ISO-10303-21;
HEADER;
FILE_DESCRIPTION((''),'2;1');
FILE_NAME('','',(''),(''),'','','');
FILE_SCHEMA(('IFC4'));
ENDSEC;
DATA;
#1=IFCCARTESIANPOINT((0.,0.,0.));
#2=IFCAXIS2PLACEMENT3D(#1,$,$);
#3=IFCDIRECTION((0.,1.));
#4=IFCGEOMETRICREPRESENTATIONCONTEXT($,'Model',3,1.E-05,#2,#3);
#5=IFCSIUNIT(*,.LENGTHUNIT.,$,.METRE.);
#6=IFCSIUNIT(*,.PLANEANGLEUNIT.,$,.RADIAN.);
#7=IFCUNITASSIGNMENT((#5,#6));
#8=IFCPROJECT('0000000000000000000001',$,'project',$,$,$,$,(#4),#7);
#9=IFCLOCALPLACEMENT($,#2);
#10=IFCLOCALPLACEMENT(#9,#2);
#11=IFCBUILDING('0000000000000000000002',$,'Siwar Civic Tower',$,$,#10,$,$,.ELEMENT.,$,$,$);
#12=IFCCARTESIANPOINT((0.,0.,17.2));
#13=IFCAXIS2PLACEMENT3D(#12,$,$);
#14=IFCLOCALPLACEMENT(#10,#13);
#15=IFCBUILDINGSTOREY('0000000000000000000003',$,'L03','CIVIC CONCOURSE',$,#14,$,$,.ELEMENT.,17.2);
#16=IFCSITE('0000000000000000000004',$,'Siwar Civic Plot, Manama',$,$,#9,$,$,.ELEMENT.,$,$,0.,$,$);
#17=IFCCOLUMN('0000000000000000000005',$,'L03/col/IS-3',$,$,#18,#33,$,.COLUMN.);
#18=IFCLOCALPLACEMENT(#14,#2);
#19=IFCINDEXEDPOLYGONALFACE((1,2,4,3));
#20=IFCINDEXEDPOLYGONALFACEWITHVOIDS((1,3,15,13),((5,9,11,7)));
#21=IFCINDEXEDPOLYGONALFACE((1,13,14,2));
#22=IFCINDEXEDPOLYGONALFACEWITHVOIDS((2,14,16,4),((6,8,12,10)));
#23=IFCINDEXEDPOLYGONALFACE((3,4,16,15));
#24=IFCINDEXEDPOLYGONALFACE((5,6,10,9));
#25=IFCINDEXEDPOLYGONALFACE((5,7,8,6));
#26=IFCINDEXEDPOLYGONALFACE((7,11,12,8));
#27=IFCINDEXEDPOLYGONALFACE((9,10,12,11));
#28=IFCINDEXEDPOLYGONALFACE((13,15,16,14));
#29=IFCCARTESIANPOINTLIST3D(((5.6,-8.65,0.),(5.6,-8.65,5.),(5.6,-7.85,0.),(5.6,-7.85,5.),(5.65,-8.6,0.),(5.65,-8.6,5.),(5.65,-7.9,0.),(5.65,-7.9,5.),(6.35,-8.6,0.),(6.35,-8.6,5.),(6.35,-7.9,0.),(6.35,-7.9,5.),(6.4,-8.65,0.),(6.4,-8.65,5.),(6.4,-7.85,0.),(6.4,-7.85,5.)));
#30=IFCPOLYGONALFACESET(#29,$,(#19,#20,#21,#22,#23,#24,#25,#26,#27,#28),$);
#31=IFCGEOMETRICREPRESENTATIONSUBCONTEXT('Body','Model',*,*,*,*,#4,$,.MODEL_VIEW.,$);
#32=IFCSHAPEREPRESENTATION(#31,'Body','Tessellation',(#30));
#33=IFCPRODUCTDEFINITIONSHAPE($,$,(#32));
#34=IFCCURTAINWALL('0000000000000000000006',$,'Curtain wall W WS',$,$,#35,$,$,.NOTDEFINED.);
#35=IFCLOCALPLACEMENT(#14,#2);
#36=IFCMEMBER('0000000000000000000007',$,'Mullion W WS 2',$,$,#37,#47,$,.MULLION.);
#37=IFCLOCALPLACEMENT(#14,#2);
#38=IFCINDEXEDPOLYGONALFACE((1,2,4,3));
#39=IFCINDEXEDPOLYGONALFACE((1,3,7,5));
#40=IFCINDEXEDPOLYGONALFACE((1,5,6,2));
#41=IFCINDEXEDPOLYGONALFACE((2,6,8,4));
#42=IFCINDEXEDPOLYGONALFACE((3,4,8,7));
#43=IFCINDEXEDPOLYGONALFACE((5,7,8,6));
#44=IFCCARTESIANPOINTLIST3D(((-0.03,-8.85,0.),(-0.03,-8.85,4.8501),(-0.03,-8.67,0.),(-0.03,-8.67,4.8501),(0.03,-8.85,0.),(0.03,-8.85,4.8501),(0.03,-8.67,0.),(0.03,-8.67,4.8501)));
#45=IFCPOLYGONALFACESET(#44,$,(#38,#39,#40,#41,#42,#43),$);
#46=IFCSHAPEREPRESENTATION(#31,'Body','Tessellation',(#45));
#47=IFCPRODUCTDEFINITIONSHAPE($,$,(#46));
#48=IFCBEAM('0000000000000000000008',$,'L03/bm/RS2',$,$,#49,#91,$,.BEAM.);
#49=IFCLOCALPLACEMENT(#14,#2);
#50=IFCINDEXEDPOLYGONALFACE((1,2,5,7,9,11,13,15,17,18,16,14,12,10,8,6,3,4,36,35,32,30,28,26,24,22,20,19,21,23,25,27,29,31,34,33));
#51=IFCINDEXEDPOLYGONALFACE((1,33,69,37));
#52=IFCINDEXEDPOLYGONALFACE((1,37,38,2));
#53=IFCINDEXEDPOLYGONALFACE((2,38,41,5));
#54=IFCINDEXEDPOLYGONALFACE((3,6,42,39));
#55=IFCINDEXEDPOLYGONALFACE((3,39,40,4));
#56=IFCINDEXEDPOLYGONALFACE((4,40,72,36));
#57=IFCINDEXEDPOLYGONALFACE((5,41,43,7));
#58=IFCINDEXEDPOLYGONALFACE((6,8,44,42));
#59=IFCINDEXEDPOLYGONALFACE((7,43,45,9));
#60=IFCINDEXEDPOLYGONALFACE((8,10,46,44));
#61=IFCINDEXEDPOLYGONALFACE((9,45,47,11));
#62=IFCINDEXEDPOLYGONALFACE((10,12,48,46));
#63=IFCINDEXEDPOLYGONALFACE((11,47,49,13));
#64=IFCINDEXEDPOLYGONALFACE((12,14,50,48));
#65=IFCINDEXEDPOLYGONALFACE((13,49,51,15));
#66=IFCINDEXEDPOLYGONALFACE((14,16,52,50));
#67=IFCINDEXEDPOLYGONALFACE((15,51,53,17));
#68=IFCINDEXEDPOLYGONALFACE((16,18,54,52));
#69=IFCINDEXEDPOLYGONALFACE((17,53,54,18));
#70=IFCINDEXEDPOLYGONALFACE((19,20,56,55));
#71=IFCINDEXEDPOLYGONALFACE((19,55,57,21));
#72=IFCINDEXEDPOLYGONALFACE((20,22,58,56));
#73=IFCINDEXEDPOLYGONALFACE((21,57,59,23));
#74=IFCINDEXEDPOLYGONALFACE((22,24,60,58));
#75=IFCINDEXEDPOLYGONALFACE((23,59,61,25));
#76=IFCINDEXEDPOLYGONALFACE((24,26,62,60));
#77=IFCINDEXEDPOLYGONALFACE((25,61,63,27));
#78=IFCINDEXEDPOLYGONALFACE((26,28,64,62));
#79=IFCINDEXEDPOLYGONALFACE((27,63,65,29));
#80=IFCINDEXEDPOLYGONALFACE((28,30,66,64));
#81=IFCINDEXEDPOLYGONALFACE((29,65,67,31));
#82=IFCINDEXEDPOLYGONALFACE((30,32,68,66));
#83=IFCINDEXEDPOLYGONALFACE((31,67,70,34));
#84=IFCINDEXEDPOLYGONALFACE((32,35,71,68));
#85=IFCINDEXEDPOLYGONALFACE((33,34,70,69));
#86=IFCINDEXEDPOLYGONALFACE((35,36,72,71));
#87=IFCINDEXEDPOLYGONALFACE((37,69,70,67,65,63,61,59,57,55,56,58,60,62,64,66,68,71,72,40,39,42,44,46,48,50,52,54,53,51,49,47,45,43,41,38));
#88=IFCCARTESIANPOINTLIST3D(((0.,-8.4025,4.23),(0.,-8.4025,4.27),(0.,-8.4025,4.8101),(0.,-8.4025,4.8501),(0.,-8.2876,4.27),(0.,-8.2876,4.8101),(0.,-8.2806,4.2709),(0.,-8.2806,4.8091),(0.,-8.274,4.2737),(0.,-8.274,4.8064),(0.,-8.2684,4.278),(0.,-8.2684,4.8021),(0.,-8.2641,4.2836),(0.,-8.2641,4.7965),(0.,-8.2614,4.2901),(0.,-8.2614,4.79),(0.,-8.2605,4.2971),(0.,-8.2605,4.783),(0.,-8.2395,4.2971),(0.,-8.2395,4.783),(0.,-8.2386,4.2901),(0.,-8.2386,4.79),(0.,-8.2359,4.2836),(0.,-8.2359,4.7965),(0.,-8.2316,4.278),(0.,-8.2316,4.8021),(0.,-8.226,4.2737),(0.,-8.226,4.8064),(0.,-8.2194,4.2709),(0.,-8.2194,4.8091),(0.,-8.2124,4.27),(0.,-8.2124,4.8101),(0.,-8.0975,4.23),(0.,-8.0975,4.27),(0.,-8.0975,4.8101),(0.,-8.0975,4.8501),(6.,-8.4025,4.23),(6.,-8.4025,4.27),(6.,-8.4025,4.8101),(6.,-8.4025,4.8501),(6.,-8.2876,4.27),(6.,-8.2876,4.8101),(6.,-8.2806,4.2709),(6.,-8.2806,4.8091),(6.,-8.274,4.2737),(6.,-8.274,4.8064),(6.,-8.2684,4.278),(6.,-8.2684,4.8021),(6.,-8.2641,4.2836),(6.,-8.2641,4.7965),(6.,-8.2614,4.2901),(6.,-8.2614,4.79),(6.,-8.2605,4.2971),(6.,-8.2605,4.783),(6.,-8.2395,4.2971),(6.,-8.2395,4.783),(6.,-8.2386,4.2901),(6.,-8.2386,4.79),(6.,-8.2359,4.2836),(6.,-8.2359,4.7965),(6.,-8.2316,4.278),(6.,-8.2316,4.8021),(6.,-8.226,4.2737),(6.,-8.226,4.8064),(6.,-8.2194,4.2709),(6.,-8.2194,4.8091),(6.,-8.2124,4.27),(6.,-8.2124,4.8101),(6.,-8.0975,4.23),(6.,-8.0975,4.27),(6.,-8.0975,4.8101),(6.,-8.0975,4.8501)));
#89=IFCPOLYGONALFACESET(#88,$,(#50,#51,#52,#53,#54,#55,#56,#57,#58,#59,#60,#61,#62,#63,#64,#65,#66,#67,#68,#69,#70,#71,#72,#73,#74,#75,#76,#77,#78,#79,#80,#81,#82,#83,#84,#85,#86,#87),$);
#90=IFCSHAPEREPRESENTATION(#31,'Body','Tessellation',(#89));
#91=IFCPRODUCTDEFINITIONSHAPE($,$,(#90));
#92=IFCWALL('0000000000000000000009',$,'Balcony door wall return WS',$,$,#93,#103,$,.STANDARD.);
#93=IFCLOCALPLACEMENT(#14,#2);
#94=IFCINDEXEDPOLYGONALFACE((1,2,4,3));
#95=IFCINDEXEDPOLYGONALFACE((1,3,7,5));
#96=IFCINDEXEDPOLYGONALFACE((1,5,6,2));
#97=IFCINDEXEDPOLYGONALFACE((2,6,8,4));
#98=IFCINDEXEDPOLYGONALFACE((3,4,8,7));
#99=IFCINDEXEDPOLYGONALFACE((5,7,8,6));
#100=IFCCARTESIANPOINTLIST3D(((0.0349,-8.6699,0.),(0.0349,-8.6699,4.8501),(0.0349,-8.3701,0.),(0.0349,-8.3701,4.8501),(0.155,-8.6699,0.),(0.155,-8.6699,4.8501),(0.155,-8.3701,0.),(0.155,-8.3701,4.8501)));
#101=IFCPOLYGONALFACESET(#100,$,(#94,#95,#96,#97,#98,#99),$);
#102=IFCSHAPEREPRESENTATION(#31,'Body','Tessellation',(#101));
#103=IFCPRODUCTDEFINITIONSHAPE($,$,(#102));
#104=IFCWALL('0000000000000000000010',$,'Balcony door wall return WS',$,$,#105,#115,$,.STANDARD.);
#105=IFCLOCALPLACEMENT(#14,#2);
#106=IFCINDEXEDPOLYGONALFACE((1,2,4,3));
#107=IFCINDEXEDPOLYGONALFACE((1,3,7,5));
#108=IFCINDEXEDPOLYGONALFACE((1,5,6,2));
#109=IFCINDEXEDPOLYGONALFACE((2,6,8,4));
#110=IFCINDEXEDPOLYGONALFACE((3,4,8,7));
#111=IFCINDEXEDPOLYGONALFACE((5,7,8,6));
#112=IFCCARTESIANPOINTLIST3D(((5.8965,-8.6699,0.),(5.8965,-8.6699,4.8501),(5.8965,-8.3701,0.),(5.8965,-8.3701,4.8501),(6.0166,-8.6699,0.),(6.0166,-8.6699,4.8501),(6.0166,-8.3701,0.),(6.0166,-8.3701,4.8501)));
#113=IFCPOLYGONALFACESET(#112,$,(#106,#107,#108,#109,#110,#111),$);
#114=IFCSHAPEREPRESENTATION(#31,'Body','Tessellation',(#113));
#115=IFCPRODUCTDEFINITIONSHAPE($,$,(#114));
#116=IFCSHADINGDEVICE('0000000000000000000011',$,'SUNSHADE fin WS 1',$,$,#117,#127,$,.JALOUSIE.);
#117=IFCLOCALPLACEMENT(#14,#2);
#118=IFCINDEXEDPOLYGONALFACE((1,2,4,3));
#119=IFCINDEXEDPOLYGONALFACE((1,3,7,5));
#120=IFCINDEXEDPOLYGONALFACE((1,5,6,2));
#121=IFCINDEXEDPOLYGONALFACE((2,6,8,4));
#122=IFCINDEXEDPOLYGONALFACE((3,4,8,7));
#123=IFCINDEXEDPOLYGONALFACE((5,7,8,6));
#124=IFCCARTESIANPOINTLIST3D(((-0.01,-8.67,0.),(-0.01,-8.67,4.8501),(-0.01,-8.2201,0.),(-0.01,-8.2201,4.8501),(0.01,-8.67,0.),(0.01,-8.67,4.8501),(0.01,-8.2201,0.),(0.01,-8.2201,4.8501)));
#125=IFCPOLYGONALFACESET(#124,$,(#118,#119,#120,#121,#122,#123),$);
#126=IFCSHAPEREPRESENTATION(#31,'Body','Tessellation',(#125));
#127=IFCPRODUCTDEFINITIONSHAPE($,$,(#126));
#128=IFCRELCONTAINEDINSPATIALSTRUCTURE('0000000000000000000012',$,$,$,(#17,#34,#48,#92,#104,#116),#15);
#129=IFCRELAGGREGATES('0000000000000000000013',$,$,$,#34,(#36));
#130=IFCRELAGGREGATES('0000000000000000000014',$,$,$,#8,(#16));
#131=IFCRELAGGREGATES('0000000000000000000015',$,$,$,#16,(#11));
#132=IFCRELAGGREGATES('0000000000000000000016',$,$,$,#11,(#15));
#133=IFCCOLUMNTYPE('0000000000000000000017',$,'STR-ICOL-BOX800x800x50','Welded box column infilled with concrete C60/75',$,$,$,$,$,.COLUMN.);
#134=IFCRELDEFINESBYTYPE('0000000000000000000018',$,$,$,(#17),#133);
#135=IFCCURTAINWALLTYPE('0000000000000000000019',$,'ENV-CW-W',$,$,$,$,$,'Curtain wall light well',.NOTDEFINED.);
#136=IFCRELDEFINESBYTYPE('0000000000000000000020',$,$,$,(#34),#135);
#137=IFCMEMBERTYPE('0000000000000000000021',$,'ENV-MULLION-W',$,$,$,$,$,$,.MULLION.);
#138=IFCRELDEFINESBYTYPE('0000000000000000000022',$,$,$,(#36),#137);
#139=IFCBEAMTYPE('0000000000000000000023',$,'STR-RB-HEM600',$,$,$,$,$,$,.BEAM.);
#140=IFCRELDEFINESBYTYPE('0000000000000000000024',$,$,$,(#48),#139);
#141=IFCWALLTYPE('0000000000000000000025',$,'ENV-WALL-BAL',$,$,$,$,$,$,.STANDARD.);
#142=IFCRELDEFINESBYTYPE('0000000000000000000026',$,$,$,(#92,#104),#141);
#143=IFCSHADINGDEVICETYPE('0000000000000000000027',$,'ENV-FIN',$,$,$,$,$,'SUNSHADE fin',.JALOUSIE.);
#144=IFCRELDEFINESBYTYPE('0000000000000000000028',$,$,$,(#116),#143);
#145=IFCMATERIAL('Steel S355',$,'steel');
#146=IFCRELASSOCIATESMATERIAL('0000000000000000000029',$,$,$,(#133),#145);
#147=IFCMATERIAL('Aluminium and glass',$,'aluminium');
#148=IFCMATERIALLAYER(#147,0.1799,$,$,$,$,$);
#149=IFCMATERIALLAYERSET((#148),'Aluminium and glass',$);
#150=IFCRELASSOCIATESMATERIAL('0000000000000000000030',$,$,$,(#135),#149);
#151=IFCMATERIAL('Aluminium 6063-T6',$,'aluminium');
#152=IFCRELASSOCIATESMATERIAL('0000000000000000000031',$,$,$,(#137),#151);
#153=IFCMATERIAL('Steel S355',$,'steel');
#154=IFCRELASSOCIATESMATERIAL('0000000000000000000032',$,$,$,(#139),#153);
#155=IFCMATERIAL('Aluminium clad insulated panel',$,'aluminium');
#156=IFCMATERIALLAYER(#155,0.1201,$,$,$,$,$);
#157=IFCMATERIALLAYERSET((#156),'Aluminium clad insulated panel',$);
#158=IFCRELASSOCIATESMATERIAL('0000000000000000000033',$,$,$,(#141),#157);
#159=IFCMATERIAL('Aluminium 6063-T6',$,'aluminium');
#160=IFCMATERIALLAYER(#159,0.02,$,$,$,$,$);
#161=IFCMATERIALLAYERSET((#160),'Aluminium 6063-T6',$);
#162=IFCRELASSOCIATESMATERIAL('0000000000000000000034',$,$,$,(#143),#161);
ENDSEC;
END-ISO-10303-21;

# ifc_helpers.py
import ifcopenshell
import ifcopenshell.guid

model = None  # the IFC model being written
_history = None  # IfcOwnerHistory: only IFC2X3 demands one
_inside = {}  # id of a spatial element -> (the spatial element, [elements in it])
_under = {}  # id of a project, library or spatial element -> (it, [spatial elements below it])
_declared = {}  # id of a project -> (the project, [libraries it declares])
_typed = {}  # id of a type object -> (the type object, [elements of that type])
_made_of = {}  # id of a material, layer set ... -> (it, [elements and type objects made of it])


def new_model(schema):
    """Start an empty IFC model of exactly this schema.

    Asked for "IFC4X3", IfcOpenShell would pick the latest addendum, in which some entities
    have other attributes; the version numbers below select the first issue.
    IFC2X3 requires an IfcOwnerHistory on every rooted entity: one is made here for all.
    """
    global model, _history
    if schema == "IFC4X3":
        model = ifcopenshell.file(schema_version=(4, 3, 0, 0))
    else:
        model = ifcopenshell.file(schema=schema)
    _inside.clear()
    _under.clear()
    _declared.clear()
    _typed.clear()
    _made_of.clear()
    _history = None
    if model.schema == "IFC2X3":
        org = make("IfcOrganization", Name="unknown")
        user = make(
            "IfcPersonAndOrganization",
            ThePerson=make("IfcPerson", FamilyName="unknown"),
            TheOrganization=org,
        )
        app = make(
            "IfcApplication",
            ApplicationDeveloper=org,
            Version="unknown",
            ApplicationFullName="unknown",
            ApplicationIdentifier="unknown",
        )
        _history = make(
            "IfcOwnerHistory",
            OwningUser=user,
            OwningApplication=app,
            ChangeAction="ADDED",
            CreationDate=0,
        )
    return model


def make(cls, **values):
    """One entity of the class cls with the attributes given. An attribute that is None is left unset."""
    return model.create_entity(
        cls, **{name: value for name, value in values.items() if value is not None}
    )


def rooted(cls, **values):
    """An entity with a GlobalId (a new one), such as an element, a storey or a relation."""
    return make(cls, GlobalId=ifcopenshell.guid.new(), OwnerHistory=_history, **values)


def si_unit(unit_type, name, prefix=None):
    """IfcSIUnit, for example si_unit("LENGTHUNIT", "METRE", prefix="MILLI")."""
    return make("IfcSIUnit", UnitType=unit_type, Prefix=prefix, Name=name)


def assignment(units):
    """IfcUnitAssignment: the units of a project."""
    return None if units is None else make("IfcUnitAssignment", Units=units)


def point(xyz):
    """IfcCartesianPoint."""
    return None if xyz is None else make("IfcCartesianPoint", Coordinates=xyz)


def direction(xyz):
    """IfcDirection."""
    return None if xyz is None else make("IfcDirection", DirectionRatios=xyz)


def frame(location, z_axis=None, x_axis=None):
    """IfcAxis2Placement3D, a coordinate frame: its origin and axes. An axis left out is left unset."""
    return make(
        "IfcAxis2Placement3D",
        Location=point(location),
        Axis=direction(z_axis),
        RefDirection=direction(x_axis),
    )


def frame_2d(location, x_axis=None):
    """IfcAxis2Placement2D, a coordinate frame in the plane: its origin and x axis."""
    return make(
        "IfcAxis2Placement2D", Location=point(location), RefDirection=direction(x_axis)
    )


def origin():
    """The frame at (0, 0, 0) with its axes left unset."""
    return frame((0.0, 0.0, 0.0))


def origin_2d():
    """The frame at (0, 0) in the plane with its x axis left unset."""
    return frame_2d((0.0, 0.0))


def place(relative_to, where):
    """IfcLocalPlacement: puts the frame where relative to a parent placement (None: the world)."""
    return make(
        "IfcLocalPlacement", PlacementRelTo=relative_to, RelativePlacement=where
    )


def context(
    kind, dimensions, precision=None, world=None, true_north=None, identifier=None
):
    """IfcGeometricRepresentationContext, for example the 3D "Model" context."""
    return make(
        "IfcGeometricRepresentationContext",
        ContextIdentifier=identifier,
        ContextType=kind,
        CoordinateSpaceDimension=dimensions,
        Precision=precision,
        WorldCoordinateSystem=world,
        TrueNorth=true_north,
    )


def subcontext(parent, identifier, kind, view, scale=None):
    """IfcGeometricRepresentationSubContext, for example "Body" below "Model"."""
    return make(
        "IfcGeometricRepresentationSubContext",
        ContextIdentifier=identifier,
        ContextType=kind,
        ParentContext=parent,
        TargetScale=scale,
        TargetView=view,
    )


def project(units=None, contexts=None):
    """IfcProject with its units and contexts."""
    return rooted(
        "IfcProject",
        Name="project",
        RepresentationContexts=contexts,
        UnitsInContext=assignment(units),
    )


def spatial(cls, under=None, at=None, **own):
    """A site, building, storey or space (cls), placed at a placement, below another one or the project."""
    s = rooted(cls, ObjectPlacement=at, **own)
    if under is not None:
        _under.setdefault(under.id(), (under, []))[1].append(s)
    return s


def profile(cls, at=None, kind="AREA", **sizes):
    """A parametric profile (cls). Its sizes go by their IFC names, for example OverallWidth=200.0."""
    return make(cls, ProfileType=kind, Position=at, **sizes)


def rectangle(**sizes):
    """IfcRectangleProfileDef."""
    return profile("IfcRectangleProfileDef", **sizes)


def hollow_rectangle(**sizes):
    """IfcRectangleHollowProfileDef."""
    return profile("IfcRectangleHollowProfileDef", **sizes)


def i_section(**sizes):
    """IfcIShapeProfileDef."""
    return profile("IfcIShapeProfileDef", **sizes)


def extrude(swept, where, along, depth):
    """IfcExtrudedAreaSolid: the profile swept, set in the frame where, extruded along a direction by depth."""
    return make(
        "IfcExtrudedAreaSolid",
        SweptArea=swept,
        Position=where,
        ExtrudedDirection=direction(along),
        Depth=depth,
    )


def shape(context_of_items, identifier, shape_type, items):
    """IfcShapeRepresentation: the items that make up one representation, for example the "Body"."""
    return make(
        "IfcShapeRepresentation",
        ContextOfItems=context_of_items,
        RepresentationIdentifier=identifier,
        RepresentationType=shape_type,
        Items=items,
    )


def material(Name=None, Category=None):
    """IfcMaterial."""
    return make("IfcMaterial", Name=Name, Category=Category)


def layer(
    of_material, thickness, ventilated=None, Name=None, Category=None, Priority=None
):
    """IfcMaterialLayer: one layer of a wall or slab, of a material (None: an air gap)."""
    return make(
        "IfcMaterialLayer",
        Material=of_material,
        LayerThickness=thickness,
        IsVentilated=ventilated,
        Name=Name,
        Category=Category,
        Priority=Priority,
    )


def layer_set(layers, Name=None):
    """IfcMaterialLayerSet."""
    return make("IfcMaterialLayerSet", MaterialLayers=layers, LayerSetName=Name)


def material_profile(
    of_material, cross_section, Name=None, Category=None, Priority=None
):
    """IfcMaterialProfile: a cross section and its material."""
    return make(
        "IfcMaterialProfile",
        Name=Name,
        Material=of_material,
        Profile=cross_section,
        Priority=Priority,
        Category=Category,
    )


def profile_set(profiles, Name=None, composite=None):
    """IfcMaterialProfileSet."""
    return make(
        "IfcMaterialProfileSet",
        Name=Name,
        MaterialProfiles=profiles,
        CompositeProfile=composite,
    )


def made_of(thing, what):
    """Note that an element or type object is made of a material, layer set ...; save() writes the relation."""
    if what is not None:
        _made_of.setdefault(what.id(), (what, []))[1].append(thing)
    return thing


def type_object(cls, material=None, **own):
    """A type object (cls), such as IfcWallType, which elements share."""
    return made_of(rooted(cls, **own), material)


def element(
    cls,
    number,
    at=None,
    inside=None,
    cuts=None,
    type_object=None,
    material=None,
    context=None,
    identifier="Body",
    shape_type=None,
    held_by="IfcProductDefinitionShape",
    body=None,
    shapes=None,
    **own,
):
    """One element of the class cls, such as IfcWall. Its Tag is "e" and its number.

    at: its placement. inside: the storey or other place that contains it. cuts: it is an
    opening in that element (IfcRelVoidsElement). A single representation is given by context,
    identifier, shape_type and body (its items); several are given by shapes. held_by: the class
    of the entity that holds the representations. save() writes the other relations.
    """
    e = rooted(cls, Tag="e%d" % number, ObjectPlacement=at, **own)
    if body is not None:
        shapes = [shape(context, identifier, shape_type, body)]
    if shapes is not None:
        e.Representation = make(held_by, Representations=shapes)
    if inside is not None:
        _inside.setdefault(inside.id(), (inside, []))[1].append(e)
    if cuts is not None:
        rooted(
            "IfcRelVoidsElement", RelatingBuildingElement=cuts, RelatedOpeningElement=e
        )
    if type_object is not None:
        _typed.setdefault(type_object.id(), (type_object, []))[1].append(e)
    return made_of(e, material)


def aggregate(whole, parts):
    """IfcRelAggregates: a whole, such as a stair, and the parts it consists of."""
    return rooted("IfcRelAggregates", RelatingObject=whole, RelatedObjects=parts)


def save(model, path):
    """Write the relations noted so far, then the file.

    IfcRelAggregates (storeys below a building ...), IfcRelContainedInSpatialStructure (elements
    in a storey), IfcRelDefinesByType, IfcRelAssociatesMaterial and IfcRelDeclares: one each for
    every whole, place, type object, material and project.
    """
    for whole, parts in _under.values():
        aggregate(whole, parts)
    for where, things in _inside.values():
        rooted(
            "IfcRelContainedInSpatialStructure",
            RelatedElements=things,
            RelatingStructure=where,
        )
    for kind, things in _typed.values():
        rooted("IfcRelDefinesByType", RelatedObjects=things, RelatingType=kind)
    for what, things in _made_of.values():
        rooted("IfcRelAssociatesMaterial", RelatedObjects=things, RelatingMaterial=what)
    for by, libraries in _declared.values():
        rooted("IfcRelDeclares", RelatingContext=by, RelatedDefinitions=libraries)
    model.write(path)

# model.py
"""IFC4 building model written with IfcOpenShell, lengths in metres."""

from ifc_helpers import new_model, si_unit, direction, frame, frame_2d, origin, origin_2d, place, context, subcontext, project, spatial, rectangle, hollow_rectangle, i_section, extrude, material, layer, layer_set, material_profile, profile_set, type_object, element, aggregate, save


model = new_model("IFC4")

# Units and contexts
model_context = context("Model", 3, precision=1e-05, world=origin(), true_north=direction((0.0, 1.0)))
body_context = subcontext(model_context, "Body", "Model", "MODEL_VIEW")
ifc_project = project(units=[si_unit("LENGTHUNIT", "METRE"), si_unit("PLANEANGLEUNIT", "RADIAN")], contexts=[model_context])

# Site, building, storey
site_placement = place(None, origin())
site = spatial("IfcSite", under=ifc_project, at=site_placement, Name="Siwar Civic Plot, Manama", CompositionType="ELEMENT", RefElevation=0.0)
building_placement = place(site_placement, origin())
building = spatial("IfcBuilding", under=site, at=building_placement, Name="Siwar Civic Tower", CompositionType="ELEMENT")
storey_placement = place(building_placement, frame((0.0, 0.0, 17.2)))
storey = spatial("IfcBuildingStorey", under=building, at=storey_placement, Name="L03", Description="CIVIC CONCOURSE", CompositionType="ELEMENT", Elevation=17.2)

# Column
ifc_material_1 = material(Name="Steel S355", Category="steel")
ifc_material_profile_1 = material_profile(ifc_material_1, hollow_rectangle(XDim=0.8, YDim=0.8, WallThickness=0.05, at=origin_2d()), Name="BOX800x800x50")
ifc_profile_set_1 = profile_set([ifc_material_profile_1], Name="Steel S355")
column_type = type_object("IfcColumnType", Name="STR-ICOL-BOX800x800x50", Description="Welded box column infilled with concrete C60/75", PredefinedType="COLUMN", material=ifc_profile_set_1)
column_placement = place(storey_placement, frame((6.0, -8.25, 0.0), z_axis=(0.0, 0.0, 1.0), x_axis=(1.0, 0.0, 0.0)))
element("IfcColumn", 1, at=column_placement, inside=storey, type_object=column_type, Name="L03/col/IS-3", PredefinedType="COLUMN", context=body_context, shape_type="SweptSolid", body=[
    extrude(hollow_rectangle(XDim=0.8, YDim=0.8, WallThickness=0.05, at=origin_2d()), origin(), (0.0, 0.0, 1.0), 5.0),
])

# Curtain wall, member
ifc_material_2 = material(Name="Aluminium and glass", Category="aluminium")
ifc_layer_1 = layer(ifc_material_2, 0.1799)
ifc_layer_set_1 = layer_set([ifc_layer_1], Name="Aluminium and glass")
curtain_wall_type = type_object("IfcCurtainWallType", Name="ENV-CW-W", ElementType="Curtain wall light well", PredefinedType="NOTDEFINED", material=ifc_layer_set_1)
curtain_wall_placement = place(storey_placement, origin())
curtain_wall = element("IfcCurtainWall", 2, at=curtain_wall_placement, inside=storey, type_object=curtain_wall_type, Name="Curtain wall W WS", PredefinedType="NOTDEFINED")
ifc_material_3 = material(Name="Aluminium 6063-T6", Category="aluminium")
ifc_material_profile_2 = material_profile(ifc_material_3, rectangle(XDim=0.1799, YDim=0.0601, at=origin_2d()), Name="AL 180x60")
ifc_profile_set_2 = profile_set([ifc_material_profile_2], Name="Aluminium 6063-T6")
member_type = type_object("IfcMemberType", Name="ENV-MULLION-W", PredefinedType="MULLION", material=ifc_profile_set_2)
member_placement = place(storey_placement, frame((0.0, -8.76, 0.0), z_axis=(0.0, 0.0, 1.0), x_axis=(0.0, 1.0, 0.0)))
member = element("IfcMember", 3, at=member_placement, type_object=member_type, Name="Mullion W WS 2", PredefinedType="MULLION", context=body_context, shape_type="SweptSolid", body=[
    extrude(rectangle(XDim=0.1799, YDim=0.0601, at=origin_2d()), origin(), (0.0, 0.0, 1.0), 4.8501),
])
aggregate(curtain_wall, [member])

# Beam
ifc_material_4 = material(Name="Steel S355", Category="steel")
ifc_material_profile_3 = material_profile(ifc_material_4, i_section(OverallWidth=0.3049, OverallDepth=0.6201, WebThickness=0.021, FlangeThickness=0.04, FilletRadius=0.0271, at=origin_2d()), Name="HEM600")
ifc_profile_set_3 = profile_set([ifc_material_profile_3], Name="Steel S355")
beam_type = type_object("IfcBeamType", Name="STR-RB-HEM600", PredefinedType="BEAM", material=ifc_profile_set_3)
beam_placement = place(storey_placement, frame((0.0, -8.25, 4.54), z_axis=(1.0, 0.0, 0.0), x_axis=(0.0, 1.0, 0.0)))
element("IfcBeam", 4, at=beam_placement, inside=storey, type_object=beam_type, Name="L03/bm/RS2", PredefinedType="BEAM", context=body_context, shape_type="SweptSolid", body=[
    extrude(i_section(OverallWidth=0.3049, OverallDepth=0.6201, WebThickness=0.021, FlangeThickness=0.04, FilletRadius=0.0271, at=origin_2d()), origin(), (0.0, 0.0, 1.0), 6.0),
])

# Walls
ifc_material_5 = material(Name="Aluminium clad insulated panel", Category="aluminium")
ifc_layer_2 = layer(ifc_material_5, 0.1201)
ifc_layer_set_2 = layer_set([ifc_layer_2], Name="Aluminium clad insulated panel")
wall_type = type_object("IfcWallType", Name="ENV-WALL-BAL", PredefinedType="STANDARD", material=ifc_layer_set_2)
for number, where, z_axis, x_axis, name in (
    (5, (0.095, -8.6699, 0.0), (0.0, 0.0, 1.0), (0.0, 1.0, 0.0), "Balcony door wall return WS"),
    (6, (5.9565, -8.6699, 0.0), (0.0, 0.0, 1.0), (0.0, 1.0, 0.0), "Balcony door wall return WS"),
):
    element("IfcWall", number, at=place(storey_placement, frame(where, z_axis=z_axis, x_axis=x_axis)), inside=storey, type_object=wall_type, Name=name, PredefinedType="STANDARD", context=body_context, shape_type="SweptSolid", body=[
        extrude(rectangle(XDim=0.2998, YDim=0.1201, at=frame_2d((0.1499, 0.0))), origin(), (0.0, 0.0, 1.0), 4.8501),
    ])

# Shading device
ifc_material_6 = material(Name="Aluminium 6063-T6", Category="aluminium")
ifc_layer_3 = layer(ifc_material_6, 0.02)
ifc_layer_set_3 = layer_set([ifc_layer_3], Name="Aluminium 6063-T6")
shading_device_type = type_object("IfcShadingDeviceType", Name="ENV-FIN", ElementType="SUNSHADE fin", PredefinedType="JALOUSIE", material=ifc_layer_set_3)
shading_device_placement = place(storey_placement, frame((0.0, -8.4451, 0.0), z_axis=(0.0, 0.0, 1.0), x_axis=(1.0, 0.0, 0.0)))
element("IfcShadingDevice", 7, at=shading_device_placement, inside=storey, type_object=shading_device_type, Name="SUNSHADE fin WS 1", PredefinedType="JALOUSIE", context=body_context, shape_type="SweptSolid", body=[
    extrude(rectangle(XDim=0.02, YDim=0.45, at=origin_2d()), origin(), (0.0, 0.0, 1.0), 4.8501),
])

save(model, "model.ifc")
